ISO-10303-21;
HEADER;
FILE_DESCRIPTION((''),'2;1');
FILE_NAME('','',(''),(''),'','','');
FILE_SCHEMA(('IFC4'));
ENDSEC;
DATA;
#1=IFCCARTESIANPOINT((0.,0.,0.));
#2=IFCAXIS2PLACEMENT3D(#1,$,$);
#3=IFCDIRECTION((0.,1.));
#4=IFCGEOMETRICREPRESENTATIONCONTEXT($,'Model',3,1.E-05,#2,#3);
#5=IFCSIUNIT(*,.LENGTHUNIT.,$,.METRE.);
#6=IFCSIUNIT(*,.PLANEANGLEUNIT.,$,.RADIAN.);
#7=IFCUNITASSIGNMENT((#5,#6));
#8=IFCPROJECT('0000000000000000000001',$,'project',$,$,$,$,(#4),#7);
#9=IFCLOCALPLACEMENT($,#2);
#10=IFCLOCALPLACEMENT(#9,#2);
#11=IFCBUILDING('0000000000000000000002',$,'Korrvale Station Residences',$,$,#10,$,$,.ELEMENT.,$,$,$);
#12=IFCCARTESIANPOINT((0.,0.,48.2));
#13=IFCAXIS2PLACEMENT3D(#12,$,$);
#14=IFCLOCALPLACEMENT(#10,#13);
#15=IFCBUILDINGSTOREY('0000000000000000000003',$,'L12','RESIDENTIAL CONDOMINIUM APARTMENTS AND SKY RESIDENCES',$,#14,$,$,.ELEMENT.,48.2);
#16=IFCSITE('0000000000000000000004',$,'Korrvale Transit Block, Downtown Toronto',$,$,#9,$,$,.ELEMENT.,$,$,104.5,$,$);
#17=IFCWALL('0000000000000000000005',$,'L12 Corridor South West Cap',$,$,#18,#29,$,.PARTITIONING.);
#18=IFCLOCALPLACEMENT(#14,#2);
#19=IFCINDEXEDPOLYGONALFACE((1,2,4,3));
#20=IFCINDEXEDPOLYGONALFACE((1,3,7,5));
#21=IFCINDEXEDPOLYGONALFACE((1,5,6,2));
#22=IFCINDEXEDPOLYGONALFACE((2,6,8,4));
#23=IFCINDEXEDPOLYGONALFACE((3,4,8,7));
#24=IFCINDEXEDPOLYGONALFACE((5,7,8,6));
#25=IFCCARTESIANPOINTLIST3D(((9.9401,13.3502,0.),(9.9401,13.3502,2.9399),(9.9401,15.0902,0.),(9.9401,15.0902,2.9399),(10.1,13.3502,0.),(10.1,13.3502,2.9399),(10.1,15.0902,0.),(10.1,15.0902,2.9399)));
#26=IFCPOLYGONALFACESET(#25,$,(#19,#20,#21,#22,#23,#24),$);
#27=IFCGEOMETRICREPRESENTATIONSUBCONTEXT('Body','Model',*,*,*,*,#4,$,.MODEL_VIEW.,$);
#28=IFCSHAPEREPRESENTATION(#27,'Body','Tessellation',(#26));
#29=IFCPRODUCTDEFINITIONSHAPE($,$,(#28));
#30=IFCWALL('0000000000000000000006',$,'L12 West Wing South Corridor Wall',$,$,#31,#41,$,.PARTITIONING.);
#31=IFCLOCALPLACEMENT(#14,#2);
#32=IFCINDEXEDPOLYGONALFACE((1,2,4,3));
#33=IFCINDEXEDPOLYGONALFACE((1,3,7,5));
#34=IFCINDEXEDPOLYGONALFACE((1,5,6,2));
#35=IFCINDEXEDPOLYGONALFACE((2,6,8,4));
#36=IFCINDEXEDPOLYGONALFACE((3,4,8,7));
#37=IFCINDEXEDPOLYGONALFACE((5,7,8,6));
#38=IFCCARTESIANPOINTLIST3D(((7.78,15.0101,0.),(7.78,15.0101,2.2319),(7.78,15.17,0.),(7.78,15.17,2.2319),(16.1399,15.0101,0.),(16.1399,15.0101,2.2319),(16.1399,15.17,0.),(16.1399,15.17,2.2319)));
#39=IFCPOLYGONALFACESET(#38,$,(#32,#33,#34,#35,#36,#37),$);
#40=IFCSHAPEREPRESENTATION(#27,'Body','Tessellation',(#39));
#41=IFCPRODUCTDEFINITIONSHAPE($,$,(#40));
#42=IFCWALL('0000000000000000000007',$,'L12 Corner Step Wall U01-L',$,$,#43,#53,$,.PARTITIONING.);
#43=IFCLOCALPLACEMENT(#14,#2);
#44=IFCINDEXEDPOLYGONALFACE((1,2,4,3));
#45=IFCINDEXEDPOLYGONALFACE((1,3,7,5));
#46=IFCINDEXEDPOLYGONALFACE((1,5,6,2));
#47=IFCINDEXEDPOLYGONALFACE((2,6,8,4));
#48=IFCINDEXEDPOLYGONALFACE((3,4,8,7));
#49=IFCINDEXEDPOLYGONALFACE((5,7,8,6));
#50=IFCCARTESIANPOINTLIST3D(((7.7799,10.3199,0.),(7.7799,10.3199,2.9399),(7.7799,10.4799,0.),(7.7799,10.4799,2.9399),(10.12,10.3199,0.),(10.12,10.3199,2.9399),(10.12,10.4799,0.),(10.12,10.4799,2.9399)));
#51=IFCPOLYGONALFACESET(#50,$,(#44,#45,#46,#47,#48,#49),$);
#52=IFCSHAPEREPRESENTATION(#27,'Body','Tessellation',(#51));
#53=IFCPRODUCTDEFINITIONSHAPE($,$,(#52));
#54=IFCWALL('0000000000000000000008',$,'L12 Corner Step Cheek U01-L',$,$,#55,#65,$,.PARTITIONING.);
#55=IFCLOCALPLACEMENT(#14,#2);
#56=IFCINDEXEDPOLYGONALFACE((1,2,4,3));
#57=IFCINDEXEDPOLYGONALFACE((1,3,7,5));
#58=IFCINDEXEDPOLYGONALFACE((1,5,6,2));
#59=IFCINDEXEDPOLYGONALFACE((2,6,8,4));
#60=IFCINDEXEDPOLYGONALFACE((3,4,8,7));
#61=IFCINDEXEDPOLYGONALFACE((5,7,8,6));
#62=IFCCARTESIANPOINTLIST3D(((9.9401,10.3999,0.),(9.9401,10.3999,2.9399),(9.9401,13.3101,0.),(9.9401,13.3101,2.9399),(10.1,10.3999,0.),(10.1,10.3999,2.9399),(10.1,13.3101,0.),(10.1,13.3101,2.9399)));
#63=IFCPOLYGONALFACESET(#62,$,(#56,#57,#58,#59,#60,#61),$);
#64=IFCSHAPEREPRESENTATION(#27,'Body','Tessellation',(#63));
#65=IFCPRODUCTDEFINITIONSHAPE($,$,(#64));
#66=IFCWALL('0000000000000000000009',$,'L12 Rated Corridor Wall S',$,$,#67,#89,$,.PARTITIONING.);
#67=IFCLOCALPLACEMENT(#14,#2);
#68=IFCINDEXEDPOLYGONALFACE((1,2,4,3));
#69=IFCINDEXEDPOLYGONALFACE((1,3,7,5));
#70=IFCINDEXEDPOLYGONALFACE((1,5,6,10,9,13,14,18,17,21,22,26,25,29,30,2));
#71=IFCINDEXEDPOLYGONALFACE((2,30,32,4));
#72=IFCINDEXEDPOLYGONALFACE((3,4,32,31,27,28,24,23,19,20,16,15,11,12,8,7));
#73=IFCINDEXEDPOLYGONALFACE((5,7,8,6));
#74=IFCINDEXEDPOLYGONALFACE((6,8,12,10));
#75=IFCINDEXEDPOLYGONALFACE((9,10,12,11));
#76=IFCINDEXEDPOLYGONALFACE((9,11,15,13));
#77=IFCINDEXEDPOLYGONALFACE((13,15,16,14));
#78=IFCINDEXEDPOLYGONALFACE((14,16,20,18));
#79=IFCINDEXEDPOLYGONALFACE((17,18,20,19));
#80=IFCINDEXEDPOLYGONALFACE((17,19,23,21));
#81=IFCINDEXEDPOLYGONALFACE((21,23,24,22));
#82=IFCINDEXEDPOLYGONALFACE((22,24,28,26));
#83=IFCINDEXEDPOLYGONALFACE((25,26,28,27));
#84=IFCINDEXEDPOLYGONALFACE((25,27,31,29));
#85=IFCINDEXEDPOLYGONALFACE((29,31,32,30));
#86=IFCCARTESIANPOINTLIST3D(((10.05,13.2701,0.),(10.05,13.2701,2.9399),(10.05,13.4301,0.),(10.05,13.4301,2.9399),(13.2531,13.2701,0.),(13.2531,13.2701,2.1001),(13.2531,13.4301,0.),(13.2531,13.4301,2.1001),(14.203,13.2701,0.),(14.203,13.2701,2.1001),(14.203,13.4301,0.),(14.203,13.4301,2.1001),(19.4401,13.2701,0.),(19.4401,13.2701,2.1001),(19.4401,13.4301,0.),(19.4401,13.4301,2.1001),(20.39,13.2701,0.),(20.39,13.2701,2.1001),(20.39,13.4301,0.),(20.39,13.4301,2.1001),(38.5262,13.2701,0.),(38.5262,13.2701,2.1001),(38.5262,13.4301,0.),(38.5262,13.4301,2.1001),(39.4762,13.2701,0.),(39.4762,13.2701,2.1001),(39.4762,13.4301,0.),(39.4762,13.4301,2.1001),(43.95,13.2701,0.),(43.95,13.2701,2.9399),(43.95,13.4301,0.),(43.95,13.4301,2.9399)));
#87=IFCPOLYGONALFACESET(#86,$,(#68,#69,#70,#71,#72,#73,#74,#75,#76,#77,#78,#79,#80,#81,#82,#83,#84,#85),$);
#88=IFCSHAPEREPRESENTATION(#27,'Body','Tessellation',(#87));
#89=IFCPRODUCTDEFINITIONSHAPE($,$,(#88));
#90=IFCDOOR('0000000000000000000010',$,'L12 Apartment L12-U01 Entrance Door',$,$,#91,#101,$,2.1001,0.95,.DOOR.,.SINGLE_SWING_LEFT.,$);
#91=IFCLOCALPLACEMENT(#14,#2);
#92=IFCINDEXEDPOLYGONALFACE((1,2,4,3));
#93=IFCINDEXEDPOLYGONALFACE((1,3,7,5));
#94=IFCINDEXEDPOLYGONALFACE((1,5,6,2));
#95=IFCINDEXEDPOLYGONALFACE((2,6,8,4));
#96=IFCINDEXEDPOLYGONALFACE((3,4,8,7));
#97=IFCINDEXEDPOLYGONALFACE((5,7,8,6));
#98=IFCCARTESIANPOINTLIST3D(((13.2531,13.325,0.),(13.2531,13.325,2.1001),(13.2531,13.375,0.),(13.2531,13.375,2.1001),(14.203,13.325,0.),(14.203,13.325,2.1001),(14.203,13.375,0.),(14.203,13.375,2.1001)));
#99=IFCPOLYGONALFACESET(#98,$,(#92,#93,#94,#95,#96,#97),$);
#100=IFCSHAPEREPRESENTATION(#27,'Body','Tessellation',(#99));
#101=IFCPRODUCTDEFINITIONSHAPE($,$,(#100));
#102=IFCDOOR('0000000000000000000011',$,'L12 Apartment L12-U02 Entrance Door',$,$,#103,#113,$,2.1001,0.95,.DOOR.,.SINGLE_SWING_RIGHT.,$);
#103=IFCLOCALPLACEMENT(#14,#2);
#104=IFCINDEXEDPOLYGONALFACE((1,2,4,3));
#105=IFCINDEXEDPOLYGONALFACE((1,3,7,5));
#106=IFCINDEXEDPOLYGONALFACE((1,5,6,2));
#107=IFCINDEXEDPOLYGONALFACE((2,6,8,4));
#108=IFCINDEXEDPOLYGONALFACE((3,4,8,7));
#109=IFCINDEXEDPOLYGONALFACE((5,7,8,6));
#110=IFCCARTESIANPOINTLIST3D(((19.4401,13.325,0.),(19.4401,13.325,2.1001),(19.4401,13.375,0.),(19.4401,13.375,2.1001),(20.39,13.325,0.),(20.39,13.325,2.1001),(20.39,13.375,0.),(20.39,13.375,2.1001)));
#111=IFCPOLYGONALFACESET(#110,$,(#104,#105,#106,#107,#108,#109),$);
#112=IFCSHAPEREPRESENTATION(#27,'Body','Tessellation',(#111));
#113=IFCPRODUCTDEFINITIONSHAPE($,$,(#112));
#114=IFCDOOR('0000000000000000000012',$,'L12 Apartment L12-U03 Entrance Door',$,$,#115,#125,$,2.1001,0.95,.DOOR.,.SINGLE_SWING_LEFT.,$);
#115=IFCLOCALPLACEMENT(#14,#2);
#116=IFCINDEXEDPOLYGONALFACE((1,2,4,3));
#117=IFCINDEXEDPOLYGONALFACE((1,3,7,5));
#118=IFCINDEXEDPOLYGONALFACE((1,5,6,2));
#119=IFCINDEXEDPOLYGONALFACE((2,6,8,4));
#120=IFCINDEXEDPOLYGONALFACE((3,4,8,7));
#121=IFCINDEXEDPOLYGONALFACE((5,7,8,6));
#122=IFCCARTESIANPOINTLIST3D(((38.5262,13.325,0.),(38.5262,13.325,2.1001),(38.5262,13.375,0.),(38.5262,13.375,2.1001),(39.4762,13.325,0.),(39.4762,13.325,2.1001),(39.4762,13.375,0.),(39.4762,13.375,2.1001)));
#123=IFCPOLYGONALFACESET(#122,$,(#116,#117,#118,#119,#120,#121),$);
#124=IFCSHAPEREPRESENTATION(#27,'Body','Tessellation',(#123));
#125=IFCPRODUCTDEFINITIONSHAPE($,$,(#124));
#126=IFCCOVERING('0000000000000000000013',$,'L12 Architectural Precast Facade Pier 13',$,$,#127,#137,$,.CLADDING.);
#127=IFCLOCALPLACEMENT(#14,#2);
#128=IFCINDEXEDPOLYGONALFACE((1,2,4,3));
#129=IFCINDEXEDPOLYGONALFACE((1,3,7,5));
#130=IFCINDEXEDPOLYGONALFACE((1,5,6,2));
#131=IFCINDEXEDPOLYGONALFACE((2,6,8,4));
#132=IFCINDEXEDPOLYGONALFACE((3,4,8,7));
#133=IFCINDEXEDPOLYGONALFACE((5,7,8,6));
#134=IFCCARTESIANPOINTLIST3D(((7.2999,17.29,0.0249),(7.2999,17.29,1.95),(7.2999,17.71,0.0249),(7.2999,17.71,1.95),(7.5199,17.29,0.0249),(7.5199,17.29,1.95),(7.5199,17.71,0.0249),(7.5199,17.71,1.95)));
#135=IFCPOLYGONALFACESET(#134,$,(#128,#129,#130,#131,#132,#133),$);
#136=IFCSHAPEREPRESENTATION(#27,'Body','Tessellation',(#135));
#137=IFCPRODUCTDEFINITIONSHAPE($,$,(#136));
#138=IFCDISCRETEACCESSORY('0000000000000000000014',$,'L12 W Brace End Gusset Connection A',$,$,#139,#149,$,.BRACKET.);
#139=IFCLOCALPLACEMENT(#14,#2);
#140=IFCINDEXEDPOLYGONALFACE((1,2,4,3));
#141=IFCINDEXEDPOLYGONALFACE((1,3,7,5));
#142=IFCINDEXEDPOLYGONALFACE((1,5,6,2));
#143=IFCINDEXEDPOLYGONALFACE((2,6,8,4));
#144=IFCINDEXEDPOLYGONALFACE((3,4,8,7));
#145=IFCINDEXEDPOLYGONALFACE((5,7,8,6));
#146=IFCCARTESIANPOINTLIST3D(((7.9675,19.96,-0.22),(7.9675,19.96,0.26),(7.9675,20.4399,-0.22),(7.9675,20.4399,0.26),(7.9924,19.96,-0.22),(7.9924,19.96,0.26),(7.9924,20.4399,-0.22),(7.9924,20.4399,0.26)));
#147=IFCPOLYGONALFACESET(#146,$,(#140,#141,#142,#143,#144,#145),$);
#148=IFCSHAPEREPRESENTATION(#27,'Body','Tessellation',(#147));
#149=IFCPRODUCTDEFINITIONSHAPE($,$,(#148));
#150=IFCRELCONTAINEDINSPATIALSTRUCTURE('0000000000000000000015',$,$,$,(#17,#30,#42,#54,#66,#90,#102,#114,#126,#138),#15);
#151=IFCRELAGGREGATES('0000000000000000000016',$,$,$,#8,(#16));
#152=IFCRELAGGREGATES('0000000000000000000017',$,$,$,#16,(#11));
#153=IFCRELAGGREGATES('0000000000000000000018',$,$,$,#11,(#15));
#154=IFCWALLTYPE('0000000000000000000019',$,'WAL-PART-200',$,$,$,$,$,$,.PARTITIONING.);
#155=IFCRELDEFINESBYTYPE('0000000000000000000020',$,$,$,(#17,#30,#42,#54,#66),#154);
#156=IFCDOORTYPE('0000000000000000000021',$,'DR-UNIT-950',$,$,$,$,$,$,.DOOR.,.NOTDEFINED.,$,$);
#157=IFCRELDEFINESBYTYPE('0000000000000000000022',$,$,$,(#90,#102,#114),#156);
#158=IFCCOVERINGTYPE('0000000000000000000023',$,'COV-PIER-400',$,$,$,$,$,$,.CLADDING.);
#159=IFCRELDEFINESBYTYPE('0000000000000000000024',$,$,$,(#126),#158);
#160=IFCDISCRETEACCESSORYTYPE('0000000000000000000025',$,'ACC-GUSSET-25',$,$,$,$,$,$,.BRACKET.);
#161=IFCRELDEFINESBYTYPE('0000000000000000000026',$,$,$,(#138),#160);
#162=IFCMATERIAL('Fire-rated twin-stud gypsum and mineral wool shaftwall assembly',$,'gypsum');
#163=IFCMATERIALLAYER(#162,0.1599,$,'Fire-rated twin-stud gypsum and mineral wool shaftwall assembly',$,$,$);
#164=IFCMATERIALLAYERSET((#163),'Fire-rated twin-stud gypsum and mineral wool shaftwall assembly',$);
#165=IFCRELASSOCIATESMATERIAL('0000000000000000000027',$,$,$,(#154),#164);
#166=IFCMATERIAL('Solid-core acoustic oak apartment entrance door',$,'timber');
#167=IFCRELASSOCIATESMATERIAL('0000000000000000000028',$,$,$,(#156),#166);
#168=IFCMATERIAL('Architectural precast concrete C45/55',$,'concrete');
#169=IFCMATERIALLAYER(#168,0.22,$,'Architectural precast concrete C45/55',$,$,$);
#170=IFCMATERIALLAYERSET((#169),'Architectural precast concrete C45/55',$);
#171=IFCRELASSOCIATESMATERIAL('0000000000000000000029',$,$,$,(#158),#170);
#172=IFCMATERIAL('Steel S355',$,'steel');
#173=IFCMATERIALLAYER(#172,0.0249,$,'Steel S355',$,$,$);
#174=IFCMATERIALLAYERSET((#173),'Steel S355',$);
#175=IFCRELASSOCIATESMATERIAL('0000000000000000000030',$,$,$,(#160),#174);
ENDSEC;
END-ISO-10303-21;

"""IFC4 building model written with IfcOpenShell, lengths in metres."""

from ifc_helpers import new_model, si_unit, direction, frame, frame_2d, origin, origin_2d, place, context, subcontext, project, spatial, rectangle, extrude, material, layer, layer_set, type_object, element, fill, save


model = new_model("IFC4")

# Units and contexts
model_context = context("Model", 3, precision=1e-05, world=origin(), true_north=direction((0.0, 1.0)))
body_context = subcontext(model_context, "Body", "Model", "MODEL_VIEW")
ifc_project = project(units=[si_unit("LENGTHUNIT", "METRE"), si_unit("PLANEANGLEUNIT", "RADIAN")], contexts=[model_context])

# Site, building, storey
site_placement = place(None, origin())
site = spatial("IfcSite", under=ifc_project, at=site_placement, Name="Korrvale Transit Block, Downtown Toronto", CompositionType="ELEMENT", RefElevation=104.5)
building_placement = place(site_placement, origin())
building = spatial("IfcBuilding", under=site, at=building_placement, Name="Korrvale Station Residences", CompositionType="ELEMENT")
storey_placement = place(building_placement, frame((0.0, 0.0, 48.2)))
storey = spatial("IfcBuildingStorey", under=building, at=storey_placement, Name="L12", Description="RESIDENTIAL CONDOMINIUM APARTMENTS AND SKY RESIDENCES", CompositionType="ELEMENT", Elevation=48.2)

# Shared definitions
ifc_material_1 = material(Name="Steel S355", Category="steel")

# Walls
ifc_material_2 = material(Name="Fire-rated twin-stud gypsum and mineral wool shaftwall assembly", Category="gypsum")
ifc_layer_1 = layer(ifc_material_2, 0.1599, Name="Fire-rated twin-stud gypsum and mineral wool shaftwall assembly")
ifc_layer_set_1 = layer_set([ifc_layer_1], Name="Fire-rated twin-stud gypsum and mineral wool shaftwall assembly")
wall_type_1 = type_object("IfcWallType", Name="WAL-PART-200", PredefinedType="PARTITIONING", material=ifc_layer_set_1)
wall_1_placement = place(storey_placement, frame((10.02, 13.3501, 0.0), z_axis=(0.0, 0.0, 1.0), x_axis=(0.0, 1.0, 0.0)))
element("IfcWall", 1, at=wall_1_placement, inside=storey, type_object=wall_type_1, Name="L12 Corridor South West Cap", PredefinedType="PARTITIONING", context=body_context, shape_type="SweptSolid", body=[
    extrude(rectangle(XDim=1.74, YDim=0.1599, at=frame_2d((0.8701, 0.0))), origin(), (0.0, 0.0, 1.0), 2.9399),
])
wall_2_placement = place(storey_placement, frame((7.78, 15.0901, 0.0), z_axis=(0.0, 0.0, 1.0), x_axis=(1.0, 0.0, 0.0)))
element("IfcWall", 2, at=wall_2_placement, inside=storey, type_object=wall_type_1, Name="L12 West Wing South Corridor Wall", PredefinedType="PARTITIONING", context=body_context, shape_type="SweptSolid", body=[
    extrude(rectangle(XDim=8.3599, YDim=0.1599, at=frame_2d((4.1799, 0.0))), origin(), (0.0, 0.0, 1.0), 2.2319),
])
wall_3_placement = place(storey_placement, frame((7.78, 10.3999, 0.0), z_axis=(0.0, 0.0, 1.0), x_axis=(1.0, 0.0, 0.0)))
element("IfcWall", 3, at=wall_3_placement, inside=storey, type_object=wall_type_1, Name="L12 Corner Step Wall U01-L", PredefinedType="PARTITIONING", context=body_context, shape_type="SweptSolid", body=[
    extrude(rectangle(XDim=2.3401, YDim=0.1599, at=frame_2d((1.1699, 0.0))), origin(), (0.0, 0.0, 1.0), 2.9399),
])
wall_4_placement = place(storey_placement, frame((10.02, 10.3999, 0.0), z_axis=(0.0, 0.0, 1.0), x_axis=(0.0, 1.0, 0.0)))
element("IfcWall", 4, at=wall_4_placement, inside=storey, type_object=wall_type_1, Name="L12 Corner Step Cheek U01-L", PredefinedType="PARTITIONING", context=body_context, shape_type="SweptSolid", body=[
    extrude(rectangle(XDim=2.9102, YDim=0.1599, at=frame_2d((1.4551, 0.0))), origin(), (0.0, 0.0, 1.0), 2.9399),
])

# Wall, openings, doors
wall_5_placement = place(storey_placement, frame((10.05, 13.3501, 0.0), z_axis=(0.0, 0.0, 1.0), x_axis=(1.0, 0.0, 0.0)))
wall_5 = element("IfcWall", 5, at=wall_5_placement, inside=storey, type_object=wall_type_1, Name="L12 Rated Corridor Wall S", PredefinedType="PARTITIONING", context=body_context, shape_type="SweptSolid", body=[
    extrude(rectangle(XDim=33.8999, YDim=0.1599, at=frame_2d((16.95, 0.0))), origin(), (0.0, 0.0, 1.0), 2.9399),
])
opening_1_placement = place(wall_5_placement, frame((3.2029, 0.0, 0.0)))
opening_1 = element("IfcOpeningElement", 6, at=opening_1_placement, cuts=wall_5, PredefinedType="OPENING", context=body_context, shape_type="SweptSolid", body=[
    extrude(rectangle(XDim=0.95, YDim=2.1001, at=frame_2d((0.4751, 1.05))), frame((0.0, 0.0898, 0.0), z_axis=(0.0, -1.0, 0.0), x_axis=(1.0, 0.0, 0.0)), (0.0, 0.0, 1.0), 0.1799),
])
opening_2_placement = place(wall_5_placement, frame((9.3899, 0.0, 0.0)))
opening_2 = element("IfcOpeningElement", 7, at=opening_2_placement, cuts=wall_5, PredefinedType="OPENING", context=body_context, shape_type="SweptSolid", body=[
    extrude(rectangle(XDim=0.95, YDim=2.1001, at=frame_2d((0.4751, 1.05))), frame((0.0, 0.0898, 0.0), z_axis=(0.0, -1.0, 0.0), x_axis=(1.0, 0.0, 0.0)), (0.0, 0.0, 1.0), 0.1799),
])
opening_3_placement = place(wall_5_placement, frame((28.4761, 0.0, 0.0)))
opening_3 = element("IfcOpeningElement", 8, at=opening_3_placement, cuts=wall_5, PredefinedType="OPENING", context=body_context, shape_type="SweptSolid", body=[
    extrude(rectangle(XDim=0.95, YDim=2.1001, at=frame_2d((0.4751, 1.05))), frame((0.0, 0.0898, 0.0), z_axis=(0.0, -1.0, 0.0), x_axis=(1.0, 0.0, 0.0)), (0.0, 0.0, 1.0), 0.1799),
])
ifc_material_3 = material(Name="Solid-core acoustic oak apartment entrance door", Category="timber")
door_type_1 = type_object("IfcDoorType", Name="DR-UNIT-950", OperationType="NOTDEFINED", PredefinedType="DOOR", material=ifc_material_3)
door_1_placement = place(opening_1_placement, origin())
door_1 = element("IfcDoor", 9, at=door_1_placement, inside=storey, type_object=door_type_1, Name="L12 Apartment L12-U01 Entrance Door", OperationType="SINGLE_SWING_LEFT", OverallHeight=2.1001, OverallWidth=0.95, PredefinedType="DOOR", context=body_context, shape_type="SweptSolid", body=[
    extrude(rectangle(XDim=0.95, YDim=2.1001, at=frame_2d((0.4751, 1.05))), frame((0.0, 0.0249, 0.0), z_axis=(0.0, -1.0, 0.0), x_axis=(1.0, 0.0, 0.0)), (0.0, 0.0, 1.0), 0.05),
])
fill(opening_1, door_1)
door_2_placement = place(opening_2_placement, origin())
door_2 = element("IfcDoor", 10, at=door_2_placement, inside=storey, type_object=door_type_1, Name="L12 Apartment L12-U02 Entrance Door", OperationType="SINGLE_SWING_RIGHT", OverallHeight=2.1001, OverallWidth=0.95, PredefinedType="DOOR", context=body_context, shape_type="SweptSolid", body=[
    extrude(rectangle(XDim=0.95, YDim=2.1001, at=frame_2d((0.4751, 1.05))), frame((0.0, 0.0249, 0.0), z_axis=(0.0, -1.0, 0.0), x_axis=(1.0, 0.0, 0.0)), (0.0, 0.0, 1.0), 0.05),
])
fill(opening_2, door_2)
door_3_placement = place(opening_3_placement, origin())
door_3 = element("IfcDoor", 11, at=door_3_placement, inside=storey, type_object=door_type_1, Name="L12 Apartment L12-U03 Entrance Door", OperationType="SINGLE_SWING_LEFT", OverallHeight=2.1001, OverallWidth=0.95, PredefinedType="DOOR", context=body_context, shape_type="SweptSolid", body=[
    extrude(rectangle(XDim=0.95, YDim=2.1001, at=frame_2d((0.4751, 1.05))), frame((0.0, 0.0249, 0.0), z_axis=(0.0, -1.0, 0.0), x_axis=(1.0, 0.0, 0.0)), (0.0, 0.0, 1.0), 0.05),
])
fill(opening_3, door_3)

# Covering
ifc_material_4 = material(Name="Architectural precast concrete C45/55", Category="concrete")
ifc_layer_2 = layer(ifc_material_4, 0.22, Name="Architectural precast concrete C45/55")
ifc_layer_set_2 = layer_set([ifc_layer_2], Name="Architectural precast concrete C45/55")
covering_type = type_object("IfcCoveringType", Name="COV-PIER-400", PredefinedType="CLADDING", material=ifc_layer_set_2)
covering_placement = place(storey_placement, frame((7.4099, 17.5, 0.0249), z_axis=(0.0, 0.0, 1.0), x_axis=(0.0, 1.0, 0.0)))
element("IfcCovering", 12, at=covering_placement, inside=storey, type_object=covering_type, Name="L12 Architectural Precast Facade Pier 13", PredefinedType="CLADDING", context=body_context, shape_type="SweptSolid", body=[
    extrude(rectangle(XDim=0.4199, YDim=0.22, at=origin_2d()), origin(), (0.0, 0.0, 1.0), 1.925),
])

# Discrete accessory
ifc_layer_3 = layer(ifc_material_1, 0.0249, Name="Steel S355")
ifc_layer_set_3 = layer_set([ifc_layer_3], Name="Steel S355")
discrete_accessory_type = type_object("IfcDiscreteAccessoryType", Name="ACC-GUSSET-25", PredefinedType="BRACKET", material=ifc_layer_set_3)
discrete_accessory_placement = place(storey_placement, frame((7.98, 20.2, -0.22), z_axis=(0.0, 0.0, 1.0), x_axis=(0.0, 1.0, 0.0)))
element("IfcDiscreteAccessory", 13, at=discrete_accessory_placement, inside=storey, type_object=discrete_accessory_type, Name="L12 W Brace End Gusset Connection A", PredefinedType="BRACKET", context=body_context, shape_type="SweptSolid", body=[
    extrude(rectangle(XDim=0.48, YDim=0.0249, at=origin_2d()), origin(), (0.0, 0.0, 1.0), 0.48),
])

save(model, "model.ifc")
